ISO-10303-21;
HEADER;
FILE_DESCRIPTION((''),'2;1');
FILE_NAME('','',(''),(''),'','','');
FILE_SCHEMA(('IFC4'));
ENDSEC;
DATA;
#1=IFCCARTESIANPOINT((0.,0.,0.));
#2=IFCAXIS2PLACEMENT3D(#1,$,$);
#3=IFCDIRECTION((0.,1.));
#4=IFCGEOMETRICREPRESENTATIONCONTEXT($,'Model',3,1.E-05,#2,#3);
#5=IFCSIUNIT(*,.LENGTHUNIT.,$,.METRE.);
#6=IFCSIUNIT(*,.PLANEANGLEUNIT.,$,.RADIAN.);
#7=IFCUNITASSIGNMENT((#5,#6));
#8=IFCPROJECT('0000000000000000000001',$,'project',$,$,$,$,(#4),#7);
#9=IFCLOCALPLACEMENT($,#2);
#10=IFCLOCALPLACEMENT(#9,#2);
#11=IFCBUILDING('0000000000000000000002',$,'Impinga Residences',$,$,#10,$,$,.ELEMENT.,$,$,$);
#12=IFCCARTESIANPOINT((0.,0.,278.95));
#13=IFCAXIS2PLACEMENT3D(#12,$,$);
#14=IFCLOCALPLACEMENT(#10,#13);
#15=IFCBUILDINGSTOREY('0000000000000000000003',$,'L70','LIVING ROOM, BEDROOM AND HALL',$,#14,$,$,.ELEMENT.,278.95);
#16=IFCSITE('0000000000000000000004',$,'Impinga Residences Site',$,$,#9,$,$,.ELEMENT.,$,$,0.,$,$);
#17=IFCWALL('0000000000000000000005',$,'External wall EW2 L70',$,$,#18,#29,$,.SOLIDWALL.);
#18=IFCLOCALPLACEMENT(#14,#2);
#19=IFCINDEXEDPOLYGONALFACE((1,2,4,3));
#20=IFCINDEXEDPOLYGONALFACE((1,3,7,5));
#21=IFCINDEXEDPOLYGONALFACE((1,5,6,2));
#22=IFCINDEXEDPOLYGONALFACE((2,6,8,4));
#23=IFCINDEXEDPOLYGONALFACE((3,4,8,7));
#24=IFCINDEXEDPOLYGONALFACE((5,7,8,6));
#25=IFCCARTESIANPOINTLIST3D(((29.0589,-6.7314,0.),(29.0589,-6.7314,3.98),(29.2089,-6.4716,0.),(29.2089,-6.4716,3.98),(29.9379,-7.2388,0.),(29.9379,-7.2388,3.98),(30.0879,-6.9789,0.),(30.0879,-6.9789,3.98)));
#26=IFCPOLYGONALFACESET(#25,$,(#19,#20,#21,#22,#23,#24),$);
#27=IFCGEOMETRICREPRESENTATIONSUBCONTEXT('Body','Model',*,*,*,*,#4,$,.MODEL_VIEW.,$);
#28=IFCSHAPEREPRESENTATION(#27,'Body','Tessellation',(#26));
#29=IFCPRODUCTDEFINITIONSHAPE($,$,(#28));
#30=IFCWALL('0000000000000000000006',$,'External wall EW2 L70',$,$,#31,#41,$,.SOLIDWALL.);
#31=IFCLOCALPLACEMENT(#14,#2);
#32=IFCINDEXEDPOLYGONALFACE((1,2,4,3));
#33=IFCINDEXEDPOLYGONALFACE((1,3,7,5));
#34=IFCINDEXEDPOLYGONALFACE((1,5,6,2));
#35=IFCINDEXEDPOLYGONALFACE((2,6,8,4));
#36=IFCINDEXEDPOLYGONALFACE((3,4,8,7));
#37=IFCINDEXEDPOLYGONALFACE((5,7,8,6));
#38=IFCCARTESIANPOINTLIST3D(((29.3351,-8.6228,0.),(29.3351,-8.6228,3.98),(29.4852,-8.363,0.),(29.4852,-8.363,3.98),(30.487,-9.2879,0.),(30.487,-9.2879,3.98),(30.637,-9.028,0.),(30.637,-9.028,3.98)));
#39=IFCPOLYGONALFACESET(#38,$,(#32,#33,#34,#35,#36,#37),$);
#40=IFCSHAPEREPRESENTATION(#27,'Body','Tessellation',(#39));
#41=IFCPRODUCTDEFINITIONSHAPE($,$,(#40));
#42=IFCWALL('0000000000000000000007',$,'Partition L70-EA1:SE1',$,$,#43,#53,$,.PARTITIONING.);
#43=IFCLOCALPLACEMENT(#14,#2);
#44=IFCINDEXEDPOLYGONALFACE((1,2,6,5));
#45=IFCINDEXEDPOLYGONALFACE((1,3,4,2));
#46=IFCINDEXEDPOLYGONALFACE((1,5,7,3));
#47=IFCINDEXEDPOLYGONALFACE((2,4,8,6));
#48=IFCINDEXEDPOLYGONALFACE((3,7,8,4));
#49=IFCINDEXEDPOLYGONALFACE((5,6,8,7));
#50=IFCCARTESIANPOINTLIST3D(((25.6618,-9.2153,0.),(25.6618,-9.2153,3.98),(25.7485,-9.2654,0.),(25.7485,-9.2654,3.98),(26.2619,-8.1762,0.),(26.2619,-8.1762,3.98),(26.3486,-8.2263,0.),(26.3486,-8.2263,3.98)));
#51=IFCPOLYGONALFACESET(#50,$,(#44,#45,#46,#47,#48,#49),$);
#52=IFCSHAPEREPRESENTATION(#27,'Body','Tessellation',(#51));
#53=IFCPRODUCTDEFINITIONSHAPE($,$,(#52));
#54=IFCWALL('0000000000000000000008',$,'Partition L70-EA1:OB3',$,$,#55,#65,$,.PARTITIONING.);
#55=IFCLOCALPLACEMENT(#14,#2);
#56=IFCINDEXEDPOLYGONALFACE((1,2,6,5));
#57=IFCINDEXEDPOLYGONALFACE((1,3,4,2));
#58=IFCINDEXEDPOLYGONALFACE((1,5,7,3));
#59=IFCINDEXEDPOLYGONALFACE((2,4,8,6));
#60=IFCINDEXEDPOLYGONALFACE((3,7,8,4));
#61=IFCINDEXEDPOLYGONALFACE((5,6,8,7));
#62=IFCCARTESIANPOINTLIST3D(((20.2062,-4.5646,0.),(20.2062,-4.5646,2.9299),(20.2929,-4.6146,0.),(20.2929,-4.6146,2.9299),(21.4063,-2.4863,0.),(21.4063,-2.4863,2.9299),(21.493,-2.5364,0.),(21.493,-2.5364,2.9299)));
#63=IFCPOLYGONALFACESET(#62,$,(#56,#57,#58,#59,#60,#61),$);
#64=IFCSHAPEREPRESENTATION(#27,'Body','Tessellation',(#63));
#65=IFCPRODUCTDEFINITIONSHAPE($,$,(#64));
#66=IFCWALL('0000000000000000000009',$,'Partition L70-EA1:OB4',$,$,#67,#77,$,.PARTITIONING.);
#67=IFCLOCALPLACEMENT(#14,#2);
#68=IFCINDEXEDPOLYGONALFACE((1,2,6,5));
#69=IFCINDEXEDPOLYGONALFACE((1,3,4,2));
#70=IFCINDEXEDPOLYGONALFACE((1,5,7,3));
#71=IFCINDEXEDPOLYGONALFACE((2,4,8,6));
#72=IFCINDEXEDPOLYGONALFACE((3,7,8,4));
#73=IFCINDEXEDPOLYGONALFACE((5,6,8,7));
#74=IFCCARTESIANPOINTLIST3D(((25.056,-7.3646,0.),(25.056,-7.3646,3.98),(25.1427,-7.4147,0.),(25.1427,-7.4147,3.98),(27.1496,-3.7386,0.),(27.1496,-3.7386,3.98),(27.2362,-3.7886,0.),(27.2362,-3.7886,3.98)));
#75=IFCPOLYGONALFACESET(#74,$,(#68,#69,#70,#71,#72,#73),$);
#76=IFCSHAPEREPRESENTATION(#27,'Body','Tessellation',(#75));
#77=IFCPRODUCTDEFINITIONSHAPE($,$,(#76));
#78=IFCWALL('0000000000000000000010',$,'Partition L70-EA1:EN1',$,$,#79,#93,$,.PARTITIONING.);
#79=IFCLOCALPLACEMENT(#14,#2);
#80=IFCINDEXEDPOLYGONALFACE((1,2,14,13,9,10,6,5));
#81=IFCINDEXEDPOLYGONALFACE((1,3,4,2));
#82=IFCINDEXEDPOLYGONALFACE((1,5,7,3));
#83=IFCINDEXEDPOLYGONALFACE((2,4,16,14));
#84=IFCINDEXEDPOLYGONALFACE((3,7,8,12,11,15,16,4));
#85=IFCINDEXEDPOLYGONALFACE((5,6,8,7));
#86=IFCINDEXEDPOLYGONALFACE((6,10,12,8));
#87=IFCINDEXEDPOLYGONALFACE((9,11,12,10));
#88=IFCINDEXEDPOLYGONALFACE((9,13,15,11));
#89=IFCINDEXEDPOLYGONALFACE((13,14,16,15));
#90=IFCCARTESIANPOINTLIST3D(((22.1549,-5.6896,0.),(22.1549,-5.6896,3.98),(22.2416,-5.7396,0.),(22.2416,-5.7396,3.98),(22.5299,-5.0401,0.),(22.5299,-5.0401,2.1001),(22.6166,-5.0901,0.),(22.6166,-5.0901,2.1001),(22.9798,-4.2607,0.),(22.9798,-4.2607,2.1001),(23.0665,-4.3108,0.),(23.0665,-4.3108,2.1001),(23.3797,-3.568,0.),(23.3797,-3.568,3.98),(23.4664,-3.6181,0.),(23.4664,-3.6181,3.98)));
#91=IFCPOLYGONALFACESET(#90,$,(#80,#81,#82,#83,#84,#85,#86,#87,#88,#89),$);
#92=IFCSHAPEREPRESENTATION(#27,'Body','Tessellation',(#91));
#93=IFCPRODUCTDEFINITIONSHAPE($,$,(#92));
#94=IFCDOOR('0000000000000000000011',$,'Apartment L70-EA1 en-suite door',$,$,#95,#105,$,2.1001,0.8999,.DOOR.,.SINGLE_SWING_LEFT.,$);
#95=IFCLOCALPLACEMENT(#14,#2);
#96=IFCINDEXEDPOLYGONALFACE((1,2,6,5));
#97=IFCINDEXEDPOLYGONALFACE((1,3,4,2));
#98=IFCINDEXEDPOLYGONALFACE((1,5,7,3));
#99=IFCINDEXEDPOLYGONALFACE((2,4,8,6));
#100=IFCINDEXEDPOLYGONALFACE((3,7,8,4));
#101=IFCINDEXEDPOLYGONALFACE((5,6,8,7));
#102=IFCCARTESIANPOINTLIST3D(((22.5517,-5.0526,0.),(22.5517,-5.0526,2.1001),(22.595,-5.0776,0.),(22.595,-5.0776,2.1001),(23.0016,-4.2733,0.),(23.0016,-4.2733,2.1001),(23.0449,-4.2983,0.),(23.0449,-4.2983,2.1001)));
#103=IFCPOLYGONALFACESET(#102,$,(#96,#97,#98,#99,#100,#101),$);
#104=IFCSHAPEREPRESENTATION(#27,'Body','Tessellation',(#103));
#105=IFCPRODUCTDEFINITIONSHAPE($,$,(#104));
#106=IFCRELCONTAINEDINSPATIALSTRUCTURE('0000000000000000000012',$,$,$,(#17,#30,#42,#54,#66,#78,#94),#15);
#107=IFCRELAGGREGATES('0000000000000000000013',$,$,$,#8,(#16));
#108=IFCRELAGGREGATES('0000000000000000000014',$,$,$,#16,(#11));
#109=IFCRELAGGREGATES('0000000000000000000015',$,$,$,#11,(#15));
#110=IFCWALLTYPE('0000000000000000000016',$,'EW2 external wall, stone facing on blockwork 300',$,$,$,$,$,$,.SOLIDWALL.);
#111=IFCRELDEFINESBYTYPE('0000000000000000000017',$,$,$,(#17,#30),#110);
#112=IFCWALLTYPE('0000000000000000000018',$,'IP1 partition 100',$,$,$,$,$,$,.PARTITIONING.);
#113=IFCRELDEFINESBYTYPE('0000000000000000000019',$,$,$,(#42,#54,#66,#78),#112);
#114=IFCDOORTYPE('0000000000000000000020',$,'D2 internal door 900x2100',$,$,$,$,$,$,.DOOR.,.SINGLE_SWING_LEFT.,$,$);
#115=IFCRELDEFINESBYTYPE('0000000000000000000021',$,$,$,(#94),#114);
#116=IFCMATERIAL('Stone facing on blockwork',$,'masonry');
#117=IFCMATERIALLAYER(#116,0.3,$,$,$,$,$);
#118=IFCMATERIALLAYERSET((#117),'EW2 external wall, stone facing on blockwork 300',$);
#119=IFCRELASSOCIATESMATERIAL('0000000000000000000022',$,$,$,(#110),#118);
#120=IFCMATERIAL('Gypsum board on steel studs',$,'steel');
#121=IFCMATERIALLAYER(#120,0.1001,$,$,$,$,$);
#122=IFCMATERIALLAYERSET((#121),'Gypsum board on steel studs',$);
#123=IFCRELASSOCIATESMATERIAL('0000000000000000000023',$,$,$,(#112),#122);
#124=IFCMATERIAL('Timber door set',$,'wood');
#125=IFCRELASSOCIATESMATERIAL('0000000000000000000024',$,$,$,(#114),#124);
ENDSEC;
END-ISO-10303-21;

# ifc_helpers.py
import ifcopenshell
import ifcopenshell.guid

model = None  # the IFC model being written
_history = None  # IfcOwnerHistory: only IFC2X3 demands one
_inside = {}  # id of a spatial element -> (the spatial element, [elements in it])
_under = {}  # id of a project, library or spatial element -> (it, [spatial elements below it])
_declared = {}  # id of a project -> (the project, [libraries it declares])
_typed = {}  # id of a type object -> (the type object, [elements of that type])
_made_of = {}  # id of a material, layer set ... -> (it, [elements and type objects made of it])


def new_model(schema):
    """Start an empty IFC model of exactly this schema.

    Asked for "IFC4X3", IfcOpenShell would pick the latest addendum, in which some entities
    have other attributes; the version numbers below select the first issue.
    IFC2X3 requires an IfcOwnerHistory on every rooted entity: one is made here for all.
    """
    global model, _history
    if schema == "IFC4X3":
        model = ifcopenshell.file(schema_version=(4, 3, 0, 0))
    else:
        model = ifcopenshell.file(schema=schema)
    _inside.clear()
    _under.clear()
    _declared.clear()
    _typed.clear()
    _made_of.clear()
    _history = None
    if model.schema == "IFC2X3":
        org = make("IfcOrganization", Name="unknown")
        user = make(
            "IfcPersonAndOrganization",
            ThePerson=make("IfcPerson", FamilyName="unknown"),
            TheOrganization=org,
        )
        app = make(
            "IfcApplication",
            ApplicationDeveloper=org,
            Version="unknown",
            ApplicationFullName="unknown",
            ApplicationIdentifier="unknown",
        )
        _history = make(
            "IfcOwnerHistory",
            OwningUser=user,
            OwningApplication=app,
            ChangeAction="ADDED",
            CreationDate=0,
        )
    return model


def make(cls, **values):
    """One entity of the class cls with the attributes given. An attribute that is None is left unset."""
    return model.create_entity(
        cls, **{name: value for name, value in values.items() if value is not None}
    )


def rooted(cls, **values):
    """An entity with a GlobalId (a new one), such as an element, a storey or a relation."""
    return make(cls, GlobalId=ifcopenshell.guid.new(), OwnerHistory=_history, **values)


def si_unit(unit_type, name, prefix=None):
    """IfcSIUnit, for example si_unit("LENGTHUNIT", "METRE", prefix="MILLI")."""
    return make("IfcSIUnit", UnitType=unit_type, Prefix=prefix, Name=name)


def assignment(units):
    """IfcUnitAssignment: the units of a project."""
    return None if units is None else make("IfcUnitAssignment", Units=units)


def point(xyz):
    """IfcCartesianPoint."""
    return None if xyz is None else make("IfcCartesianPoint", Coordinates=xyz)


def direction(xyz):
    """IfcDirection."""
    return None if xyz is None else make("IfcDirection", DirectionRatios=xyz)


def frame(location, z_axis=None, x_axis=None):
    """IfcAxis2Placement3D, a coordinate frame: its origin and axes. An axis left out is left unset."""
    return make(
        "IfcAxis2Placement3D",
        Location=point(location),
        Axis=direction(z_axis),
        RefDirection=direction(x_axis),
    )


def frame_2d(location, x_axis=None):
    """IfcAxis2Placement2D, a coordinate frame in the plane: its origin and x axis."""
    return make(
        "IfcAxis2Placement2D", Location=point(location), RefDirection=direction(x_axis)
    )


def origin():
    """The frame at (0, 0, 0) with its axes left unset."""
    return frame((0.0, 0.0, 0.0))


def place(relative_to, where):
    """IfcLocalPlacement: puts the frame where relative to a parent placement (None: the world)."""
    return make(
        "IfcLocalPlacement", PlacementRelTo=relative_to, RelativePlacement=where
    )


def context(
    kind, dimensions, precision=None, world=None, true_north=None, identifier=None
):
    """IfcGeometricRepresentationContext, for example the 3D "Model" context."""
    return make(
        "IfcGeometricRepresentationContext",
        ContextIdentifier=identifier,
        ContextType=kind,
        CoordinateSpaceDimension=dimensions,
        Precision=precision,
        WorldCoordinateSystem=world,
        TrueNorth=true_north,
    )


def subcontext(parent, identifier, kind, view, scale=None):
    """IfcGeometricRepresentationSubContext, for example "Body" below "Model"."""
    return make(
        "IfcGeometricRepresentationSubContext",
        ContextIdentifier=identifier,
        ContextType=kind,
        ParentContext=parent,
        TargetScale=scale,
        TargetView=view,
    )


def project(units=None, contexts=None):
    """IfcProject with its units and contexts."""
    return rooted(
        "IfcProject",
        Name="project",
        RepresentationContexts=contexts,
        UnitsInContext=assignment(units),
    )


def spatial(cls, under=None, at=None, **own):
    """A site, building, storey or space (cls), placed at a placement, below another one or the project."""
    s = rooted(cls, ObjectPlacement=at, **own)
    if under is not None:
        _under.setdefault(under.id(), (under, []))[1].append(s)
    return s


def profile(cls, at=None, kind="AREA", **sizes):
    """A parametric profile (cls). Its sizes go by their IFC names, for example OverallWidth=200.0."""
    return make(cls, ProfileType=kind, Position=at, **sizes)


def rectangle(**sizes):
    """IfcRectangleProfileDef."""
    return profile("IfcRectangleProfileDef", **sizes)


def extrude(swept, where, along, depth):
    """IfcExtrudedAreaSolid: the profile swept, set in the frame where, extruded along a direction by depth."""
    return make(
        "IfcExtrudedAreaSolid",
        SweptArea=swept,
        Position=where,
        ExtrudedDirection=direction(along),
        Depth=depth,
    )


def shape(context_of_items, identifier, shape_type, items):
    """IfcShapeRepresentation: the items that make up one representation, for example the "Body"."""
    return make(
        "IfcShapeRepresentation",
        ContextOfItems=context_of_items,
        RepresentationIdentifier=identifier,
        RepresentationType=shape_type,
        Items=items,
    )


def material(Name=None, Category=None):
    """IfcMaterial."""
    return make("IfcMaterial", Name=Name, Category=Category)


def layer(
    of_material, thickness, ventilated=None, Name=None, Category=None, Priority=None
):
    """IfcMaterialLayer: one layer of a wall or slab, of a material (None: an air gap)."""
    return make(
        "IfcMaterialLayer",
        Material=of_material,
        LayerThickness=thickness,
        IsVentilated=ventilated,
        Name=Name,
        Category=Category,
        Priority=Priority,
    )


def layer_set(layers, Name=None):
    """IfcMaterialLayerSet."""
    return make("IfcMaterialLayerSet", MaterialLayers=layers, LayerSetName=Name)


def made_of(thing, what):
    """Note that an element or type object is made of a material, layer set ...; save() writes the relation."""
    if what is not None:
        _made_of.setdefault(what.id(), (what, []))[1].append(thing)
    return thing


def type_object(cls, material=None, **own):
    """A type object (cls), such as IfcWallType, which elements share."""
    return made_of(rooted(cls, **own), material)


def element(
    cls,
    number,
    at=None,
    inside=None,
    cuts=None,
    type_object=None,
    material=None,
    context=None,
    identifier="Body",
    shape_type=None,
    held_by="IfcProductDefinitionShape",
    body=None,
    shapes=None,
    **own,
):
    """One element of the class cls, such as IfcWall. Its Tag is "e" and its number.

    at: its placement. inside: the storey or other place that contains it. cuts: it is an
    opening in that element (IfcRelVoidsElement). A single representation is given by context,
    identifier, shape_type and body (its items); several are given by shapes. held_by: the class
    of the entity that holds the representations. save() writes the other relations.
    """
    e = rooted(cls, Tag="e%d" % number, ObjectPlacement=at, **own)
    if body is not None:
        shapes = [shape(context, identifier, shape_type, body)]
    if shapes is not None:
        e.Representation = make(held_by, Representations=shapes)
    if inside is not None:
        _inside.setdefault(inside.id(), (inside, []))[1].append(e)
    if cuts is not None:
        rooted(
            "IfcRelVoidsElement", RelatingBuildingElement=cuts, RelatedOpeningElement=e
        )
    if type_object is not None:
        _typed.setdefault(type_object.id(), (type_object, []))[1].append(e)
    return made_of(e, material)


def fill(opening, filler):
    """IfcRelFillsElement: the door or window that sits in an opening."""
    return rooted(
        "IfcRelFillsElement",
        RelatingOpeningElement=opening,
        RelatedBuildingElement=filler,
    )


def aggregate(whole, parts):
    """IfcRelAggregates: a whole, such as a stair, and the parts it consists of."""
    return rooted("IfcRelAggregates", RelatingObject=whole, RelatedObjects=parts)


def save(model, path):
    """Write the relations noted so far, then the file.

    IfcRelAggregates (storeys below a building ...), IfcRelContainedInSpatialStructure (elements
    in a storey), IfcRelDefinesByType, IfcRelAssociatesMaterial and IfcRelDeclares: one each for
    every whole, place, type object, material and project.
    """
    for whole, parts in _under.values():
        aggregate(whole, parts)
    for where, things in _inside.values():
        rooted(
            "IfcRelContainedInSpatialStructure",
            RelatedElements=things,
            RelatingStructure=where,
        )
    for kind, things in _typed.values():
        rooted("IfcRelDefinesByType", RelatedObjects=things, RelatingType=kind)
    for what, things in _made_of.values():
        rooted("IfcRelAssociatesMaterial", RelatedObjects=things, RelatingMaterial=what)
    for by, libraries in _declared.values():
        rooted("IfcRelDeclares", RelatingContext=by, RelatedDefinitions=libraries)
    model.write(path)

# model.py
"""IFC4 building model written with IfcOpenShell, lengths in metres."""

from ifc_helpers import new_model, si_unit, direction, frame, frame_2d, origin, place, context, subcontext, project, spatial, rectangle, extrude, material, layer, layer_set, type_object, element, fill, save


model = new_model("IFC4")

# Units and contexts
model_context = context("Model", 3, precision=1e-05, world=origin(), true_north=direction((0.0, 1.0)))
body_context = subcontext(model_context, "Body", "Model", "MODEL_VIEW")
ifc_project = project(units=[si_unit("LENGTHUNIT", "METRE"), si_unit("PLANEANGLEUNIT", "RADIAN")], contexts=[model_context])

# Site, building, storey
site_placement = place(None, origin())
site = spatial("IfcSite", under=ifc_project, at=site_placement, Name="Impinga Residences Site", CompositionType="ELEMENT", RefElevation=0.0)
building_placement = place(site_placement, origin())
building = spatial("IfcBuilding", under=site, at=building_placement, Name="Impinga Residences", CompositionType="ELEMENT")
storey_placement = place(building_placement, frame((0.0, 0.0, 278.95)))
storey = spatial("IfcBuildingStorey", under=building, at=storey_placement, Name="L70", Description="LIVING ROOM, BEDROOM AND HALL", CompositionType="ELEMENT", Elevation=278.95)

# Shared definitions
ifc_material_1 = material(Name="Timber door set", Category="wood")

# Walls
ifc_material_2 = material(Name="Stone facing on blockwork", Category="masonry")
ifc_layer_1 = layer(ifc_material_2, 0.3)
ifc_layer_set_1 = layer_set([ifc_layer_1], Name="EW2 external wall, stone facing on blockwork 300")
wall_type_1 = type_object("IfcWallType", Name="EW2 external wall, stone facing on blockwork 300", PredefinedType="SOLIDWALL", material=ifc_layer_set_1)
wall_1_placement = place(storey_placement, frame((29.134, -6.6016, 0.0), z_axis=(0.0, 0.0, 1.0), x_axis=(0.866073, -0.499917, 0.0)))
element("IfcWall", 1, at=wall_1_placement, inside=storey, type_object=wall_type_1, Name="External wall EW2 L70", PredefinedType="SOLIDWALL", context=body_context, shape_type="SweptSolid", body=[
    extrude(rectangle(XDim=1.0149, YDim=0.3, at=frame_2d((0.5073, 0.0))), origin(), (0.0, 0.0, 1.0), 3.98),
])
wall_2_placement = place(storey_placement, frame((29.4102, -8.4929, 0.0), z_axis=(0.0, 0.0, 1.0), x_axis=(0.866021, -0.500008, 0.0)))
element("IfcWall", 2, at=wall_2_placement, inside=storey, type_object=wall_type_1, Name="External wall EW2 L70", PredefinedType="SOLIDWALL", context=body_context, shape_type="SweptSolid", body=[
    extrude(rectangle(XDim=1.3301, YDim=0.3, at=frame_2d((0.665, 0.0))), origin(), (0.0, 0.0, 1.0), 3.98),
])
ifc_material_3 = material(Name="Gypsum board on steel studs", Category="steel")
ifc_layer_2 = layer(ifc_material_3, 0.1001)
ifc_layer_set_2 = layer_set([ifc_layer_2], Name="Gypsum board on steel studs")
wall_type_2 = type_object("IfcWallType", Name="IP1 partition 100", PredefinedType="PARTITIONING", material=ifc_layer_set_2)
wall_3_placement = place(storey_placement, frame((25.7051, -9.2405, 0.0), z_axis=(0.0, 0.0, 1.0), x_axis=(0.500122, 0.865955, 0.0)))
element("IfcWall", 3, at=wall_3_placement, inside=storey, type_object=wall_type_2, Name="Partition L70-EA1:SE1", PredefinedType="PARTITIONING", context=body_context, shape_type="SweptSolid", body=[
    extrude(rectangle(XDim=1.2, YDim=0.1001, at=frame_2d((0.6001, 0.0))), origin(), (0.0, 0.0, 1.0), 3.98),
])
wall_4_placement = place(storey_placement, frame((20.2495, -4.5896, 0.0), z_axis=(0.0, 0.0, 1.0), x_axis=(0.500078, 0.865981, 0.0)))
element("IfcWall", 4, at=wall_4_placement, inside=storey, type_object=wall_type_2, Name="Partition L70-EA1:OB3", PredefinedType="PARTITIONING", context=body_context, shape_type="SweptSolid", body=[
    extrude(rectangle(XDim=2.3999, YDim=0.1001, at=frame_2d((1.2, 0.0))), origin(), (0.0, 0.0, 1.0), 2.9299),
])
wall_5_placement = place(storey_placement, frame((25.0994, -7.3896, 0.0), z_axis=(0.0, 0.0, 1.0), x_axis=(0.500008, 0.866021, 0.0)))
element("IfcWall", 5, at=wall_5_placement, inside=storey, type_object=wall_type_2, Name="Partition L70-EA1:OB4", PredefinedType="PARTITIONING", context=body_context, shape_type="SweptSolid", body=[
    extrude(rectangle(XDim=4.187, YDim=0.1001, at=frame_2d((2.0935, 0.0))), origin(), (0.0, 0.0, 1.0), 3.98),
])

# Wall, opening, door
wall_6_placement = place(storey_placement, frame((22.1982, -5.7146, 0.0), z_axis=(0.0, 0.0, 1.0), x_axis=(0.499987, 0.866033, 0.0)))
wall_6 = element("IfcWall", 6, at=wall_6_placement, inside=storey, type_object=wall_type_2, Name="Partition L70-EA1:EN1", PredefinedType="PARTITIONING", context=body_context, shape_type="SweptSolid", body=[
    extrude(rectangle(XDim=2.4497, YDim=0.1001, at=frame_2d((1.2249, 0.0))), origin(), (0.0, 0.0, 1.0), 3.98),
])
opening_1_placement = place(wall_6_placement, frame((0.75, 0.0, 0.0)))
opening_1 = element("IfcOpeningElement", 7, at=opening_1_placement, cuts=wall_6, PredefinedType="OPENING", context=body_context, shape_type="SweptSolid", body=[
    extrude(rectangle(XDim=0.8999, YDim=2.1001, at=frame_2d((0.45, 1.05))), frame((0.0, 0.0601, 0.0), z_axis=(0.0, -1.0, 0.0), x_axis=(1.0, 0.0, 0.0)), (0.0, 0.0, 1.0), 0.1201),
])
door_type_1 = type_object("IfcDoorType", Name="D2 internal door 900x2100", OperationType="SINGLE_SWING_LEFT", PredefinedType="DOOR", material=ifc_material_1)
door_1_placement = place(opening_1_placement, origin())
door_1 = element("IfcDoor", 8, at=door_1_placement, inside=storey, type_object=door_type_1, Name="Apartment L70-EA1 en-suite door", OperationType="SINGLE_SWING_LEFT", OverallHeight=2.1001, OverallWidth=0.8999, PredefinedType="DOOR", context=body_context, shape_type="SweptSolid", body=[
    extrude(rectangle(XDim=0.8999, YDim=2.1001, at=frame_2d((0.45, 1.05))), frame((0.0, 0.0249, 0.0), z_axis=(0.0, -1.0, 0.0), x_axis=(1.0, 0.0, 0.0)), (0.0, 0.0, 1.0), 0.05),
])
fill(opening_1, door_1)

save(model, "model.ifc")
